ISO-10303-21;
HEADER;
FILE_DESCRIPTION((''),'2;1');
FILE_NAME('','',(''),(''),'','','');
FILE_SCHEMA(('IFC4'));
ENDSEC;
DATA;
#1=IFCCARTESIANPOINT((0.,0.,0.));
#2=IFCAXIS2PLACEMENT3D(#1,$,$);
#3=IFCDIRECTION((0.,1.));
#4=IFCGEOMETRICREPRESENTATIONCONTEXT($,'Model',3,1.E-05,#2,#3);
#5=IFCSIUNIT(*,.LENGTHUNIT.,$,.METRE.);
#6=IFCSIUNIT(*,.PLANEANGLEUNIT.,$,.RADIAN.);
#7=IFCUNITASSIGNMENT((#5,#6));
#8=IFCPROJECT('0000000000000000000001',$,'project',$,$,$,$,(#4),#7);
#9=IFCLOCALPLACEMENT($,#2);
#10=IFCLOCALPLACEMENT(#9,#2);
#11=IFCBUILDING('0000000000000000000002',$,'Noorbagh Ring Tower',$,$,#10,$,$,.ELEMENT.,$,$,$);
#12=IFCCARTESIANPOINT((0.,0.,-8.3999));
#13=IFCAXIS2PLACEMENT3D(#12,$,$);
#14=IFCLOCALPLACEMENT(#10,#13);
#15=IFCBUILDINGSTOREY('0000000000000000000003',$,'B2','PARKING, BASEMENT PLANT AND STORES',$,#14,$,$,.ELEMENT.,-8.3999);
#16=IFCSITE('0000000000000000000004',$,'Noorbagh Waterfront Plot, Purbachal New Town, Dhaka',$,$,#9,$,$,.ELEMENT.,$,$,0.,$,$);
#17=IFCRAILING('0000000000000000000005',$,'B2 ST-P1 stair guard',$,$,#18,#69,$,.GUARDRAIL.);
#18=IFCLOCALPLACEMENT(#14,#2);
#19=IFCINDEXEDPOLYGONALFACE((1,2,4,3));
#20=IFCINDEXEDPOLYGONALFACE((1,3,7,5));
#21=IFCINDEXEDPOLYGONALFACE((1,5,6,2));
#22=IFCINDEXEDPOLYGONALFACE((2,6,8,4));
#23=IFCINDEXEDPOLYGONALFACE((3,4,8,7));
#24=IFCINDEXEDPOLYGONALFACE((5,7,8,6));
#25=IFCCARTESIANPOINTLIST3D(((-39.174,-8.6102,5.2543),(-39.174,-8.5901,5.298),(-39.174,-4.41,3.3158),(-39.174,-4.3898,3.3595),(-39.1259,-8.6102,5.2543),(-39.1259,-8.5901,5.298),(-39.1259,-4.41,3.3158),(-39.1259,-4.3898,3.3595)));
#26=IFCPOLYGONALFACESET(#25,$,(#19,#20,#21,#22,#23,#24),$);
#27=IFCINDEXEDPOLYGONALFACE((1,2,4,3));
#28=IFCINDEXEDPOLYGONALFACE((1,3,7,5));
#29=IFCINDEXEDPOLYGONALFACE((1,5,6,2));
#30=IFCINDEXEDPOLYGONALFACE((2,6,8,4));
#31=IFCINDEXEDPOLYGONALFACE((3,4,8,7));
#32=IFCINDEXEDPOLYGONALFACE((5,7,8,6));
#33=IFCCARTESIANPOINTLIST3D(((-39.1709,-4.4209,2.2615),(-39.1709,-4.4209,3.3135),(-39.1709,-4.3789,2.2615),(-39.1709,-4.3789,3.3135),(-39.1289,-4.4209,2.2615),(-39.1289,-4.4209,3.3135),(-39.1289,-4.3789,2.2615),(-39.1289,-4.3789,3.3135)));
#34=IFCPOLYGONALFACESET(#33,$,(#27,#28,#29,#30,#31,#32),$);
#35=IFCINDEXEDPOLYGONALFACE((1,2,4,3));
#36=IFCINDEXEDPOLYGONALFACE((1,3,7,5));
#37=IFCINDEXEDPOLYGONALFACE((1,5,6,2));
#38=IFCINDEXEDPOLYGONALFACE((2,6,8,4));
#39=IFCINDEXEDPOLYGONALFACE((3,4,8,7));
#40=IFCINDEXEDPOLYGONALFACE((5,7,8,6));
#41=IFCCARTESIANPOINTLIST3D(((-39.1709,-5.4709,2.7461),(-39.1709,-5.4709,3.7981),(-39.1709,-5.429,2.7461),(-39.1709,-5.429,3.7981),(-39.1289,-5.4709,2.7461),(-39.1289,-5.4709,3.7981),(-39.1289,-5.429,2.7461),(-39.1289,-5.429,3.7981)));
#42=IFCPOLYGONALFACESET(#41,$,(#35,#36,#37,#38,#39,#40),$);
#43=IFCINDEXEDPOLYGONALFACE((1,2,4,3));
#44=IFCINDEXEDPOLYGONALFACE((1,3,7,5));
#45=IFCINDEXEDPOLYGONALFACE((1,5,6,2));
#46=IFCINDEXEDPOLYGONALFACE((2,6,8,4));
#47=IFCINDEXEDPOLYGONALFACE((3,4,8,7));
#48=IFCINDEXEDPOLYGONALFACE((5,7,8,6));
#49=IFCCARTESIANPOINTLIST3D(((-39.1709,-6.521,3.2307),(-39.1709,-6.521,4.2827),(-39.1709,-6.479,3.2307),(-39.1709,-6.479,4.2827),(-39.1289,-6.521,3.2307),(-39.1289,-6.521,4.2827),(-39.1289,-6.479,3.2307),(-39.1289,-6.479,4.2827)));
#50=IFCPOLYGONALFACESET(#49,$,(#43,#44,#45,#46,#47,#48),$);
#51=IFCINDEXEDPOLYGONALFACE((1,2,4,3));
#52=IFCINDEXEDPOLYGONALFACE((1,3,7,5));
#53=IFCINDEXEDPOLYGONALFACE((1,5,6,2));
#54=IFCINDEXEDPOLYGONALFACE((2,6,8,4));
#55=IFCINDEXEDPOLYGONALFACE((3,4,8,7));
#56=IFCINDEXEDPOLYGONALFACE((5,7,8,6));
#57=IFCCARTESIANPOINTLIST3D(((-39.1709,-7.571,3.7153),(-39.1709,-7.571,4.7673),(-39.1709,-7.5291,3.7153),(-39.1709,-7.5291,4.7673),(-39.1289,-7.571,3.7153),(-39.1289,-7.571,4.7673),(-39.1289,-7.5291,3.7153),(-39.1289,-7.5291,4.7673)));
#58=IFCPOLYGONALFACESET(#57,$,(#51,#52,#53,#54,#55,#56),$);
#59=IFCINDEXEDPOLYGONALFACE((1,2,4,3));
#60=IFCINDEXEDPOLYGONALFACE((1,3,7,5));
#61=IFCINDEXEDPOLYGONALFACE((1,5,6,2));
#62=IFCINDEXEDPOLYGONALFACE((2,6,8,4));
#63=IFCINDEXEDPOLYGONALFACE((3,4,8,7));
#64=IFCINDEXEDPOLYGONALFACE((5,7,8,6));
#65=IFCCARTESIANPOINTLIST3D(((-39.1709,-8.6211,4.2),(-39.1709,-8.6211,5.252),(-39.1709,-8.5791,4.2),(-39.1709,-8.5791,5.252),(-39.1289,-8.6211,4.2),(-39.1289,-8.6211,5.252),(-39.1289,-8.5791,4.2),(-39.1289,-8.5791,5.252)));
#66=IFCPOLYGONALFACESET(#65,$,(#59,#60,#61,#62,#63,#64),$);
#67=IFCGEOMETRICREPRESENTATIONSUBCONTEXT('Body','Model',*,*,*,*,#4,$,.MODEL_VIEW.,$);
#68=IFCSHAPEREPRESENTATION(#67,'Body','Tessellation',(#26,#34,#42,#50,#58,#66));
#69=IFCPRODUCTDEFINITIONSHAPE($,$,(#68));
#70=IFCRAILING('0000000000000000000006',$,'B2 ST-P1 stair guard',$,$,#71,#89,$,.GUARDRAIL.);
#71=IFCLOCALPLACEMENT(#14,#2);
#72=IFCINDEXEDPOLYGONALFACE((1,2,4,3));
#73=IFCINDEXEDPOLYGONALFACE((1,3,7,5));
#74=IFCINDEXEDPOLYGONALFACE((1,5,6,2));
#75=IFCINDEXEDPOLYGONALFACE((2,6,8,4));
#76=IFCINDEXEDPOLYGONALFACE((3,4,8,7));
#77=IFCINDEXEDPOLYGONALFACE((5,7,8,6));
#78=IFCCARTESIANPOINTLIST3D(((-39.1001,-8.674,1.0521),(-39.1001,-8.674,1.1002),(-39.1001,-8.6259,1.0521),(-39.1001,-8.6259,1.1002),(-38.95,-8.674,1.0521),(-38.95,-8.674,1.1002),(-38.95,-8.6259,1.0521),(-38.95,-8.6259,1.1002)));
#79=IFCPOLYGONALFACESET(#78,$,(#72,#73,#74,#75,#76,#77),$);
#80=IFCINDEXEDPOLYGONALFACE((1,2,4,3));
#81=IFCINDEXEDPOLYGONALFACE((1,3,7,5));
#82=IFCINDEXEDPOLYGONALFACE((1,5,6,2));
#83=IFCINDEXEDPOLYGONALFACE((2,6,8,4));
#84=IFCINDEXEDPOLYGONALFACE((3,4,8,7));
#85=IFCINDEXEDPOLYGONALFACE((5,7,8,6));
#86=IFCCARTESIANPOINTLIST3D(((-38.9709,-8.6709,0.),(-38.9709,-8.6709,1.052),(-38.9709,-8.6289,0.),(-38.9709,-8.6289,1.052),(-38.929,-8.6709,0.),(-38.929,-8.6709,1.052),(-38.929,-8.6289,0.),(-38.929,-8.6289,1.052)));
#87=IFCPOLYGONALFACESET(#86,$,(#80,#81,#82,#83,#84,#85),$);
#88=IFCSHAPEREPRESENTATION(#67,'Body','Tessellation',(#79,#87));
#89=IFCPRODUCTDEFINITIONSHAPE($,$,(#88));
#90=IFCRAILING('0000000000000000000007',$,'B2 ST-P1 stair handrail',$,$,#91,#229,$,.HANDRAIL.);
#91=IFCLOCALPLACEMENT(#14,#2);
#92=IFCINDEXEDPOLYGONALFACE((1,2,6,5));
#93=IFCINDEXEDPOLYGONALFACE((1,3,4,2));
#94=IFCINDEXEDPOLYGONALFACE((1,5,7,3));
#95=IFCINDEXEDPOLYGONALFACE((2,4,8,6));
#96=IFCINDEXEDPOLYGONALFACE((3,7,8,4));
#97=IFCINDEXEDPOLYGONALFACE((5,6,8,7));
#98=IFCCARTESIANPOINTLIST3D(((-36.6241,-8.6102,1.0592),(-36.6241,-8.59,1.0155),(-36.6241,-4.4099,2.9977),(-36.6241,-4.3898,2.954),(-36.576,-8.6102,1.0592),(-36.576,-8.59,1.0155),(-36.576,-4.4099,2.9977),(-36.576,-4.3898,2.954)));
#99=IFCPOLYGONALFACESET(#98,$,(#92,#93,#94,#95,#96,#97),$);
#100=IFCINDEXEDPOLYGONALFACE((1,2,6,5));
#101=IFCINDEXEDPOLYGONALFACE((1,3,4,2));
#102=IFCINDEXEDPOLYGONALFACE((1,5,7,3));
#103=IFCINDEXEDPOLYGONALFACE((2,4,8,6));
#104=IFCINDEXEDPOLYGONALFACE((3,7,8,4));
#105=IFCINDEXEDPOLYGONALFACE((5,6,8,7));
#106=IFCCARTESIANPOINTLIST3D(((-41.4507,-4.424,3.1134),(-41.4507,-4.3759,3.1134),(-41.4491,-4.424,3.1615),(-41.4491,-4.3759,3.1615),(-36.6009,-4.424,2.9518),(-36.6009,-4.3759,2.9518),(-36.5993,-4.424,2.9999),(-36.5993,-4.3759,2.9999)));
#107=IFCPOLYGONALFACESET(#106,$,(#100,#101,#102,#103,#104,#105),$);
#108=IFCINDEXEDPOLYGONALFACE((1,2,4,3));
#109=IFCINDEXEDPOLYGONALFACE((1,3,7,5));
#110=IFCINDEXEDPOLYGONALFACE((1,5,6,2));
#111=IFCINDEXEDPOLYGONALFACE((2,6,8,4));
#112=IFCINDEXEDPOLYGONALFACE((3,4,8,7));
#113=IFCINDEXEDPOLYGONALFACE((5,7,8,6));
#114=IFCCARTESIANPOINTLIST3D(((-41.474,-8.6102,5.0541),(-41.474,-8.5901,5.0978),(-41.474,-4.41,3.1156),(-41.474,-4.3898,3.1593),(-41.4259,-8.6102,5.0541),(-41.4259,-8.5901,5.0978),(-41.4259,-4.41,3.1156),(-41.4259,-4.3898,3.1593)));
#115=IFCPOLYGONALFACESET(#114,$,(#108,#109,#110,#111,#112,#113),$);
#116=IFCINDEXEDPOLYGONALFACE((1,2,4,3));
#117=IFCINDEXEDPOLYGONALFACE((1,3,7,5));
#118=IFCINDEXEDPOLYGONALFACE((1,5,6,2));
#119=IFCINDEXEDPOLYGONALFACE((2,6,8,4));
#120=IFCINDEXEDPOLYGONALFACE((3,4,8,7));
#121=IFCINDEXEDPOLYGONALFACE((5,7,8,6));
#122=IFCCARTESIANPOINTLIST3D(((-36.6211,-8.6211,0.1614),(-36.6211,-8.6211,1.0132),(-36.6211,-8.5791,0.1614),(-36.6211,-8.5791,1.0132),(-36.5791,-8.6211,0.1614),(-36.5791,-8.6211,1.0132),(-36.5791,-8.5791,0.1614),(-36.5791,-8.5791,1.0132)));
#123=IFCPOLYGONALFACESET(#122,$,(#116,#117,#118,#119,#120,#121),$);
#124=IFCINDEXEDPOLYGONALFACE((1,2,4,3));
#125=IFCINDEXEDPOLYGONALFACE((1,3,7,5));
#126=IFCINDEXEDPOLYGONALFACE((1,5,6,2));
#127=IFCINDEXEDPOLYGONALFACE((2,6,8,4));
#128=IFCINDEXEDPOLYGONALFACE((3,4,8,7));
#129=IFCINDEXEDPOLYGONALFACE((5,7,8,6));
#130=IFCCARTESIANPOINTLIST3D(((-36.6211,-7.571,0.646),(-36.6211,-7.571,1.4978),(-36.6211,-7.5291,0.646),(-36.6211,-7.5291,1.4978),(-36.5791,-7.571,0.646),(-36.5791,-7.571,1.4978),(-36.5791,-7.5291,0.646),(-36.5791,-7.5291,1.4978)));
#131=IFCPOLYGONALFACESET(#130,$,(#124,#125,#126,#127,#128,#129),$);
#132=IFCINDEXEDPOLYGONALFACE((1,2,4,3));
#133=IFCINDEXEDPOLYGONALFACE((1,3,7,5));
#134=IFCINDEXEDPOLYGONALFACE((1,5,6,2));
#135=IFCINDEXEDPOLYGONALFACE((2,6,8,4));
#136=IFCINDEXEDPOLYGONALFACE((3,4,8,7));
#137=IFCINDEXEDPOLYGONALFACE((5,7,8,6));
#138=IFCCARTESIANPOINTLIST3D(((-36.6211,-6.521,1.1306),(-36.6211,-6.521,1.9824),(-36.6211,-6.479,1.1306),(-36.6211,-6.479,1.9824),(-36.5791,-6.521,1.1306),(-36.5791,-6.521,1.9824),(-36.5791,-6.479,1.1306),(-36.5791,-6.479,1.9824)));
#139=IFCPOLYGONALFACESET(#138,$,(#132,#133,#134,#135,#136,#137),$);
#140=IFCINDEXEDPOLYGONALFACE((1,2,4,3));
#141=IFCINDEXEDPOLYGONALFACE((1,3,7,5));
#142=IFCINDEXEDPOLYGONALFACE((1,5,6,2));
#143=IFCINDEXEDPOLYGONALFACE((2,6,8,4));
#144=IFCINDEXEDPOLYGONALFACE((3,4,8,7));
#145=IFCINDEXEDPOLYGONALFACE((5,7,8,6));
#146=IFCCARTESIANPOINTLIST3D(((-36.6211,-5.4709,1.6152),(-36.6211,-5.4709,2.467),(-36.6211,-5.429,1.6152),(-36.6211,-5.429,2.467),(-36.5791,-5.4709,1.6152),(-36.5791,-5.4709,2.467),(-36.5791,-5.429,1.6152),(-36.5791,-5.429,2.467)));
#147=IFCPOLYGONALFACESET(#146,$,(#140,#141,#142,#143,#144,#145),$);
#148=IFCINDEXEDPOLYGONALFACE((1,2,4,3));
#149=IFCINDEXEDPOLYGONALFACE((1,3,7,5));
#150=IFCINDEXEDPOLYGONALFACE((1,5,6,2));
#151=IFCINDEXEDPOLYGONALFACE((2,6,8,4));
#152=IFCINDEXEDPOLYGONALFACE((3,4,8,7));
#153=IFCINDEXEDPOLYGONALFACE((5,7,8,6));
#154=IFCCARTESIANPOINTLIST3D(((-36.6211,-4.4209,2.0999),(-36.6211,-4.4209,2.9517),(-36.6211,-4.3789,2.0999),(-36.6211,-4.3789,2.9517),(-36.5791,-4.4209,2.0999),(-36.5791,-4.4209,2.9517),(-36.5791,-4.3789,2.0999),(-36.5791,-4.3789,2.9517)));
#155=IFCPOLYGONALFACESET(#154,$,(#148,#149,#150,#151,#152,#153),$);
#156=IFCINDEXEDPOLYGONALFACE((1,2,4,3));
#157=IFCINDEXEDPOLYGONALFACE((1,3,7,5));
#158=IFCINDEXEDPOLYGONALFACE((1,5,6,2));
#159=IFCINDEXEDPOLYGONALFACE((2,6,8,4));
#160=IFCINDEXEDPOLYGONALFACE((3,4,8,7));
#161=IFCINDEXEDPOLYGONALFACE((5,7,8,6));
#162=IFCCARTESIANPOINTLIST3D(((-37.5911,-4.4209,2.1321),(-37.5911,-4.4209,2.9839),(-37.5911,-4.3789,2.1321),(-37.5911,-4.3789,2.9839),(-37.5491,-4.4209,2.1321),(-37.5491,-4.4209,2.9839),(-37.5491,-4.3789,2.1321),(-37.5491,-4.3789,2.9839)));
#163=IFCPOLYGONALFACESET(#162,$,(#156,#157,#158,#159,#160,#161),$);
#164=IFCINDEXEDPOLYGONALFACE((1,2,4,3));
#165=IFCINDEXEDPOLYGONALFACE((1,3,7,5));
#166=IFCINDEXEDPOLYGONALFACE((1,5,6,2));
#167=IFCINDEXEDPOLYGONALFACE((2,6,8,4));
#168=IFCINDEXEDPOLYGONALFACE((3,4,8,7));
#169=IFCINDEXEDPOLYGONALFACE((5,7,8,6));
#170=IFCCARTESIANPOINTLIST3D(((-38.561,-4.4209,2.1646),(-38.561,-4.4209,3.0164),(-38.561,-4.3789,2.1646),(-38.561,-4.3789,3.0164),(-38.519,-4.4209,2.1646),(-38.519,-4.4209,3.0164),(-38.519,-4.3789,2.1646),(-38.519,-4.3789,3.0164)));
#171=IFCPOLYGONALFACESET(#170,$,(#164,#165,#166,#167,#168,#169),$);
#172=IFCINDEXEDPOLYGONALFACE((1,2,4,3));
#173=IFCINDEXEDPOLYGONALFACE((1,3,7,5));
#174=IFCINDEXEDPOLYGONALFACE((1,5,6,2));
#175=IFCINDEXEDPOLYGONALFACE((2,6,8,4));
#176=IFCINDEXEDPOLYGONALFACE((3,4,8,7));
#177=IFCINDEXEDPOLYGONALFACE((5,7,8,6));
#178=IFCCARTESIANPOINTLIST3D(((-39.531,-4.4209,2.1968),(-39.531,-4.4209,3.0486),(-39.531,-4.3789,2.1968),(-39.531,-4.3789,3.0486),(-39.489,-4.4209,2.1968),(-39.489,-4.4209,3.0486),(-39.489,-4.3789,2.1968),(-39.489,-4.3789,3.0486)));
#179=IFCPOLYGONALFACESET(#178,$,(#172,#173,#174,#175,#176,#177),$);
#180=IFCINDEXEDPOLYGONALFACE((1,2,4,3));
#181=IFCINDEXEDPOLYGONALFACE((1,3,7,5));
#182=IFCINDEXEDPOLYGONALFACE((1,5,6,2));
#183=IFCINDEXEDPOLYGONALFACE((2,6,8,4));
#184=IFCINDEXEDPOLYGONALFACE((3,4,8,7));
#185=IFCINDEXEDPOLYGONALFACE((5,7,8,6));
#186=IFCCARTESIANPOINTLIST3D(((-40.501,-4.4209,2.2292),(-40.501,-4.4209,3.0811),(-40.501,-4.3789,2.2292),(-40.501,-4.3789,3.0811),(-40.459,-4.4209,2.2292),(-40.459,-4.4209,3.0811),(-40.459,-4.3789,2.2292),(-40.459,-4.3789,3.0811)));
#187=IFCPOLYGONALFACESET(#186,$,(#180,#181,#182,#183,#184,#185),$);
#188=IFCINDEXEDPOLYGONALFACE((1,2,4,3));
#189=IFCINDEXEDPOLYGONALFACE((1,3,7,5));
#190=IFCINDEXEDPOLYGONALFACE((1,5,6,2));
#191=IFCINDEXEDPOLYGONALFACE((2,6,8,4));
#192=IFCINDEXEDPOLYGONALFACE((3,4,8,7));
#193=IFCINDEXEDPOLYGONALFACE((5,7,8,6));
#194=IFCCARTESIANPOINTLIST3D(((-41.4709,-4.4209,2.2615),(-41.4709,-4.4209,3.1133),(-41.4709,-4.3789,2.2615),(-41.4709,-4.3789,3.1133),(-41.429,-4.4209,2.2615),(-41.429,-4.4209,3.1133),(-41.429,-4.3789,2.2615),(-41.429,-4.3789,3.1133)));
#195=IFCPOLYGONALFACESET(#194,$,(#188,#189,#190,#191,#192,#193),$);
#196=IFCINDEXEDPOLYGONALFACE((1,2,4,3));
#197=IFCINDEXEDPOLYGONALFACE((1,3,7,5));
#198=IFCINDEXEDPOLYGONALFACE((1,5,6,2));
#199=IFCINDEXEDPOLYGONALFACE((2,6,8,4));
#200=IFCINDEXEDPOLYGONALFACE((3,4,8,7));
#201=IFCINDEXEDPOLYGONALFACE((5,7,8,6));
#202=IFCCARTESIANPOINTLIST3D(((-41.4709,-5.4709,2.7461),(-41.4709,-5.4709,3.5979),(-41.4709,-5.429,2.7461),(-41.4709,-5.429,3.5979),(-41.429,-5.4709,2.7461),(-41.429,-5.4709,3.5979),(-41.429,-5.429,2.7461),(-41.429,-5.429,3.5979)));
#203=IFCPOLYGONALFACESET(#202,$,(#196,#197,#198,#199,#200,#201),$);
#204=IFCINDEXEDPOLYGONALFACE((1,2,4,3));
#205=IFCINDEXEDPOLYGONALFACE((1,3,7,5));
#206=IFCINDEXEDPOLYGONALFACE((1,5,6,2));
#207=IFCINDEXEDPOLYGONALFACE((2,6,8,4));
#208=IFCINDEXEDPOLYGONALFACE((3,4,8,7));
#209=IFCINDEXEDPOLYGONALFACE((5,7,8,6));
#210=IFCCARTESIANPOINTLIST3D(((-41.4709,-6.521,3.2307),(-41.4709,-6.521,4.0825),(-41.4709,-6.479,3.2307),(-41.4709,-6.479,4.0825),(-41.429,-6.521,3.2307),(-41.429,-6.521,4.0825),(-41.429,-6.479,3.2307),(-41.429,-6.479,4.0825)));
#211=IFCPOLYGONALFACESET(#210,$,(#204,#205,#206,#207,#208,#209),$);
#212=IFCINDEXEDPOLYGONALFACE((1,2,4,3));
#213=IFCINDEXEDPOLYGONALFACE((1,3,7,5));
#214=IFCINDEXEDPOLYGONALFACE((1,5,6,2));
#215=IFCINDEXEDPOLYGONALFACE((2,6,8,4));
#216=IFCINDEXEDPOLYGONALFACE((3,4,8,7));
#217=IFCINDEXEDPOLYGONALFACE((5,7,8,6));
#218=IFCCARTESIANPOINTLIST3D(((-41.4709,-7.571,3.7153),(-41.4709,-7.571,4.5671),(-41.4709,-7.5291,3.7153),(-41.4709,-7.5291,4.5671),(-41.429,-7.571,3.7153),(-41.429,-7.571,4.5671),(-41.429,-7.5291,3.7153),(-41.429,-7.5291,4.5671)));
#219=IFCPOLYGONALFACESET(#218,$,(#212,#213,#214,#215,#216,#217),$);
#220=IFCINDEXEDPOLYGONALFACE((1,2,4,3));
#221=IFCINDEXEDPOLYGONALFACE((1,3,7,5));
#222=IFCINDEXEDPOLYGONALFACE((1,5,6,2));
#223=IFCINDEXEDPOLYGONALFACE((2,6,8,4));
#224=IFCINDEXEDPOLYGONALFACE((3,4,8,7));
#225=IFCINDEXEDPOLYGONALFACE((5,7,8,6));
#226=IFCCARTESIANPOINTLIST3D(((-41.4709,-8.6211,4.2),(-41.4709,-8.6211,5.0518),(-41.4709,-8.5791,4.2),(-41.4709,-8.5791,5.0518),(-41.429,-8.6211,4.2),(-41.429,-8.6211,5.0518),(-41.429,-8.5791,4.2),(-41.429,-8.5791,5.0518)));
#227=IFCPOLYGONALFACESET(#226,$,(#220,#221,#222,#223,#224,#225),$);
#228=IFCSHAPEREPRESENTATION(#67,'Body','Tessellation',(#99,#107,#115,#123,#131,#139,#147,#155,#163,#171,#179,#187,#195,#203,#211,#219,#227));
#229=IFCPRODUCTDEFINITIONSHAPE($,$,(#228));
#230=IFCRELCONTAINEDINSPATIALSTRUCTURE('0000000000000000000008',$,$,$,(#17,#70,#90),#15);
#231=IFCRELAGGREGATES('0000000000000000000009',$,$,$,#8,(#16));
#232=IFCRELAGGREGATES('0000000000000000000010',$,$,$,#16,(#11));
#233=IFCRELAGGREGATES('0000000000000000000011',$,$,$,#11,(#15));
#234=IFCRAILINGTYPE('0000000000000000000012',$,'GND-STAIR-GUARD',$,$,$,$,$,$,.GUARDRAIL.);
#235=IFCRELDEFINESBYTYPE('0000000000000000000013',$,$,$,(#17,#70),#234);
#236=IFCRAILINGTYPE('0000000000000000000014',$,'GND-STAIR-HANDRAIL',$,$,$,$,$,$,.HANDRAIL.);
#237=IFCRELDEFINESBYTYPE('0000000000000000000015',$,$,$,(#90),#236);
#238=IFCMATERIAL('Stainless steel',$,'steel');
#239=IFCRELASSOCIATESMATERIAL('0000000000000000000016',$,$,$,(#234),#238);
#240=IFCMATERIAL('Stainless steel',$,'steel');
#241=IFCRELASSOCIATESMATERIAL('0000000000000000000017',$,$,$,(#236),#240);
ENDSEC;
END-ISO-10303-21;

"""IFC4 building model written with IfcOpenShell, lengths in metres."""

from ifc_helpers import new_model, si_unit, direction, frame, origin, origin_2d, place, context, subcontext, project, spatial, rectangle, extrude, material, type_object, element, save


model = new_model("IFC4")

# Units and contexts
model_context = context("Model", 3, precision=1e-05, world=origin(), true_north=direction((0.0, 1.0)))
body_context = subcontext(model_context, "Body", "Model", "MODEL_VIEW")
ifc_project = project(units=[si_unit("LENGTHUNIT", "METRE"), si_unit("PLANEANGLEUNIT", "RADIAN")], contexts=[model_context])

# Site, building, storey
site_placement = place(None, origin())
site = spatial("IfcSite", under=ifc_project, at=site_placement, Name="Noorbagh Waterfront Plot, Purbachal New Town, Dhaka", CompositionType="ELEMENT", RefElevation=0.0)
building_placement = place(site_placement, origin())
building = spatial("IfcBuilding", under=site, at=building_placement, Name="Noorbagh Ring Tower", CompositionType="ELEMENT")
storey_placement = place(building_placement, frame((0.0, 0.0, -8.3999)))
storey = spatial("IfcBuildingStorey", under=building, at=storey_placement, Name="B2", Description="PARKING, BASEMENT PLANT AND STORES", CompositionType="ELEMENT", Elevation=-8.3999)

# Railings
ifc_material_1 = material(Name="Stainless steel", Category="steel")
railing_type_1 = type_object("IfcRailingType", Name="GND-STAIR-GUARD", PredefinedType="GUARDRAIL", material=ifc_material_1)
railing_1_placement = place(storey_placement, frame((-39.1499, -4.3999, 2.2615)))
element("IfcRailing", 1, at=railing_1_placement, inside=storey, type_object=railing_type_1, Name="B2 ST-P1 stair guard", PredefinedType="GUARDRAIL", context=body_context, shape_type="SweptSolid", body=[
    extrude(rectangle(XDim=0.0481, YDim=0.0481, at=origin_2d()), frame((0.0, 0.0, 1.0762), z_axis=(0.0, -0.907966, 0.419045), x_axis=(1.0, 0.0, 0.0)), (0.0, 0.0, 1.0), 4.626),
    extrude(rectangle(XDim=0.042, YDim=0.042, at=origin_2d()), origin(), (0.0, 0.0, 1.0), 1.052),
    extrude(rectangle(XDim=0.042, YDim=0.042, at=origin_2d()), frame((0.0, -1.05, 0.4846)), (0.0, 0.0, 1.0), 1.052),
    extrude(rectangle(XDim=0.042, YDim=0.042, at=origin_2d()), frame((0.0, -2.1001, 0.9692)), (0.0, 0.0, 1.0), 1.052),
    extrude(rectangle(XDim=0.042, YDim=0.042, at=origin_2d()), frame((0.0, -3.1501, 1.4539)), (0.0, 0.0, 1.0), 1.052),
    extrude(rectangle(XDim=0.042, YDim=0.042, at=origin_2d()), frame((0.0, -4.2002, 1.9385)), (0.0, 0.0, 1.0), 1.052),
])
railing_2_placement = place(storey_placement, frame((-38.95, -8.6499, 0.0)))
element("IfcRailing", 2, at=railing_2_placement, inside=storey, type_object=railing_type_1, Name="B2 ST-P1 stair guard", PredefinedType="GUARDRAIL", context=body_context, shape_type="SweptSolid", body=[
    extrude(rectangle(XDim=0.0481, YDim=0.0481, at=origin_2d()), frame((0.0, 0.0, 1.0762), z_axis=(-1.0, 0.0, 0.0), x_axis=(0.0, -1.0, 0.0)), (0.0, 0.0, 1.0), 0.1501),
    extrude(rectangle(XDim=0.042, YDim=0.042, at=origin_2d()), origin(), (0.0, 0.0, 1.0), 1.052),
])
ifc_material_2 = material(Name="Stainless steel", Category="steel")
railing_type_2 = type_object("IfcRailingType", Name="GND-STAIR-HANDRAIL", PredefinedType="HANDRAIL", material=ifc_material_2)
railing_3_placement = place(storey_placement, frame((-36.6001, -8.6001, 0.1614)))
element("IfcRailing", 3, at=railing_3_placement, inside=storey, type_object=railing_type_2, Name="B2 ST-P1 stair handrail", PredefinedType="HANDRAIL", context=body_context, shape_type="SweptSolid", body=[
    extrude(rectangle(XDim=0.0481, YDim=0.0481, at=origin_2d()), frame((0.0, 0.0, 0.876), z_axis=(0.0, 0.907966, 0.419045), x_axis=(-1.0, 0.0, 0.0)), (0.0, 0.0, 1.0), 4.626),
    extrude(rectangle(XDim=0.0481, YDim=0.0481, at=origin_2d()), frame((0.0, 4.2002, 2.8145), z_axis=(-0.999445, 0.0, 0.033306), x_axis=(0.0, -1.0, 0.0)), (0.0, 0.0, 1.0), 4.8525),
    extrude(rectangle(XDim=0.0481, YDim=0.0481, at=origin_2d()), frame((-4.8499, 4.2002, 2.9761), z_axis=(0.0, -0.907966, 0.419045), x_axis=(1.0, 0.0, 0.0)), (0.0, 0.0, 1.0), 4.626),
    extrude(rectangle(XDim=0.042, YDim=0.042, at=origin_2d()), origin(), (0.0, 0.0, 1.0), 0.8518),
    extrude(rectangle(XDim=0.042, YDim=0.042, at=origin_2d()), frame((0.0, 1.05, 0.4846)), (0.0, 0.0, 1.0), 0.8518),
    extrude(rectangle(XDim=0.042, YDim=0.042, at=origin_2d()), frame((0.0, 2.1001, 0.9692)), (0.0, 0.0, 1.0), 0.8518),
    extrude(rectangle(XDim=0.042, YDim=0.042, at=origin_2d()), frame((0.0, 3.1501, 1.4539)), (0.0, 0.0, 1.0), 0.8518),
    extrude(rectangle(XDim=0.042, YDim=0.042, at=origin_2d()), frame((0.0, 4.2002, 1.9385)), (0.0, 0.0, 1.0), 0.8518),
    extrude(rectangle(XDim=0.042, YDim=0.042, at=origin_2d()), frame((-0.97, 4.2002, 1.9707)), (0.0, 0.0, 1.0), 0.8518),
    extrude(rectangle(XDim=0.042, YDim=0.042, at=origin_2d()), frame((-1.9399, 4.2002, 2.0032)), (0.0, 0.0, 1.0), 0.8518),
    extrude(rectangle(XDim=0.042, YDim=0.042, at=origin_2d()), frame((-2.9099, 4.2002, 2.0354)), (0.0, 0.0, 1.0), 0.8518),
    extrude(rectangle(XDim=0.042, YDim=0.042, at=origin_2d()), frame((-3.8799, 4.2002, 2.0679)), (0.0, 0.0, 1.0), 0.8518),
    extrude(rectangle(XDim=0.042, YDim=0.042, at=origin_2d()), frame((-4.8499, 4.2002, 2.1001)), (0.0, 0.0, 1.0), 0.8518),
    extrude(rectangle(XDim=0.042, YDim=0.042, at=origin_2d()), frame((-4.8499, 3.1501, 2.5847)), (0.0, 0.0, 1.0), 0.8518),
    extrude(rectangle(XDim=0.042, YDim=0.042, at=origin_2d()), frame((-4.8499, 2.1001, 3.0693)), (0.0, 0.0, 1.0), 0.8518),
    extrude(rectangle(XDim=0.042, YDim=0.042, at=origin_2d()), frame((-4.8499, 1.05, 3.554)), (0.0, 0.0, 1.0), 0.8518),
    extrude(rectangle(XDim=0.042, YDim=0.042, at=origin_2d()), frame((-4.8499, 0.0, 4.0386)), (0.0, 0.0, 1.0), 0.8518),
])

save(model, "model.ifc")
